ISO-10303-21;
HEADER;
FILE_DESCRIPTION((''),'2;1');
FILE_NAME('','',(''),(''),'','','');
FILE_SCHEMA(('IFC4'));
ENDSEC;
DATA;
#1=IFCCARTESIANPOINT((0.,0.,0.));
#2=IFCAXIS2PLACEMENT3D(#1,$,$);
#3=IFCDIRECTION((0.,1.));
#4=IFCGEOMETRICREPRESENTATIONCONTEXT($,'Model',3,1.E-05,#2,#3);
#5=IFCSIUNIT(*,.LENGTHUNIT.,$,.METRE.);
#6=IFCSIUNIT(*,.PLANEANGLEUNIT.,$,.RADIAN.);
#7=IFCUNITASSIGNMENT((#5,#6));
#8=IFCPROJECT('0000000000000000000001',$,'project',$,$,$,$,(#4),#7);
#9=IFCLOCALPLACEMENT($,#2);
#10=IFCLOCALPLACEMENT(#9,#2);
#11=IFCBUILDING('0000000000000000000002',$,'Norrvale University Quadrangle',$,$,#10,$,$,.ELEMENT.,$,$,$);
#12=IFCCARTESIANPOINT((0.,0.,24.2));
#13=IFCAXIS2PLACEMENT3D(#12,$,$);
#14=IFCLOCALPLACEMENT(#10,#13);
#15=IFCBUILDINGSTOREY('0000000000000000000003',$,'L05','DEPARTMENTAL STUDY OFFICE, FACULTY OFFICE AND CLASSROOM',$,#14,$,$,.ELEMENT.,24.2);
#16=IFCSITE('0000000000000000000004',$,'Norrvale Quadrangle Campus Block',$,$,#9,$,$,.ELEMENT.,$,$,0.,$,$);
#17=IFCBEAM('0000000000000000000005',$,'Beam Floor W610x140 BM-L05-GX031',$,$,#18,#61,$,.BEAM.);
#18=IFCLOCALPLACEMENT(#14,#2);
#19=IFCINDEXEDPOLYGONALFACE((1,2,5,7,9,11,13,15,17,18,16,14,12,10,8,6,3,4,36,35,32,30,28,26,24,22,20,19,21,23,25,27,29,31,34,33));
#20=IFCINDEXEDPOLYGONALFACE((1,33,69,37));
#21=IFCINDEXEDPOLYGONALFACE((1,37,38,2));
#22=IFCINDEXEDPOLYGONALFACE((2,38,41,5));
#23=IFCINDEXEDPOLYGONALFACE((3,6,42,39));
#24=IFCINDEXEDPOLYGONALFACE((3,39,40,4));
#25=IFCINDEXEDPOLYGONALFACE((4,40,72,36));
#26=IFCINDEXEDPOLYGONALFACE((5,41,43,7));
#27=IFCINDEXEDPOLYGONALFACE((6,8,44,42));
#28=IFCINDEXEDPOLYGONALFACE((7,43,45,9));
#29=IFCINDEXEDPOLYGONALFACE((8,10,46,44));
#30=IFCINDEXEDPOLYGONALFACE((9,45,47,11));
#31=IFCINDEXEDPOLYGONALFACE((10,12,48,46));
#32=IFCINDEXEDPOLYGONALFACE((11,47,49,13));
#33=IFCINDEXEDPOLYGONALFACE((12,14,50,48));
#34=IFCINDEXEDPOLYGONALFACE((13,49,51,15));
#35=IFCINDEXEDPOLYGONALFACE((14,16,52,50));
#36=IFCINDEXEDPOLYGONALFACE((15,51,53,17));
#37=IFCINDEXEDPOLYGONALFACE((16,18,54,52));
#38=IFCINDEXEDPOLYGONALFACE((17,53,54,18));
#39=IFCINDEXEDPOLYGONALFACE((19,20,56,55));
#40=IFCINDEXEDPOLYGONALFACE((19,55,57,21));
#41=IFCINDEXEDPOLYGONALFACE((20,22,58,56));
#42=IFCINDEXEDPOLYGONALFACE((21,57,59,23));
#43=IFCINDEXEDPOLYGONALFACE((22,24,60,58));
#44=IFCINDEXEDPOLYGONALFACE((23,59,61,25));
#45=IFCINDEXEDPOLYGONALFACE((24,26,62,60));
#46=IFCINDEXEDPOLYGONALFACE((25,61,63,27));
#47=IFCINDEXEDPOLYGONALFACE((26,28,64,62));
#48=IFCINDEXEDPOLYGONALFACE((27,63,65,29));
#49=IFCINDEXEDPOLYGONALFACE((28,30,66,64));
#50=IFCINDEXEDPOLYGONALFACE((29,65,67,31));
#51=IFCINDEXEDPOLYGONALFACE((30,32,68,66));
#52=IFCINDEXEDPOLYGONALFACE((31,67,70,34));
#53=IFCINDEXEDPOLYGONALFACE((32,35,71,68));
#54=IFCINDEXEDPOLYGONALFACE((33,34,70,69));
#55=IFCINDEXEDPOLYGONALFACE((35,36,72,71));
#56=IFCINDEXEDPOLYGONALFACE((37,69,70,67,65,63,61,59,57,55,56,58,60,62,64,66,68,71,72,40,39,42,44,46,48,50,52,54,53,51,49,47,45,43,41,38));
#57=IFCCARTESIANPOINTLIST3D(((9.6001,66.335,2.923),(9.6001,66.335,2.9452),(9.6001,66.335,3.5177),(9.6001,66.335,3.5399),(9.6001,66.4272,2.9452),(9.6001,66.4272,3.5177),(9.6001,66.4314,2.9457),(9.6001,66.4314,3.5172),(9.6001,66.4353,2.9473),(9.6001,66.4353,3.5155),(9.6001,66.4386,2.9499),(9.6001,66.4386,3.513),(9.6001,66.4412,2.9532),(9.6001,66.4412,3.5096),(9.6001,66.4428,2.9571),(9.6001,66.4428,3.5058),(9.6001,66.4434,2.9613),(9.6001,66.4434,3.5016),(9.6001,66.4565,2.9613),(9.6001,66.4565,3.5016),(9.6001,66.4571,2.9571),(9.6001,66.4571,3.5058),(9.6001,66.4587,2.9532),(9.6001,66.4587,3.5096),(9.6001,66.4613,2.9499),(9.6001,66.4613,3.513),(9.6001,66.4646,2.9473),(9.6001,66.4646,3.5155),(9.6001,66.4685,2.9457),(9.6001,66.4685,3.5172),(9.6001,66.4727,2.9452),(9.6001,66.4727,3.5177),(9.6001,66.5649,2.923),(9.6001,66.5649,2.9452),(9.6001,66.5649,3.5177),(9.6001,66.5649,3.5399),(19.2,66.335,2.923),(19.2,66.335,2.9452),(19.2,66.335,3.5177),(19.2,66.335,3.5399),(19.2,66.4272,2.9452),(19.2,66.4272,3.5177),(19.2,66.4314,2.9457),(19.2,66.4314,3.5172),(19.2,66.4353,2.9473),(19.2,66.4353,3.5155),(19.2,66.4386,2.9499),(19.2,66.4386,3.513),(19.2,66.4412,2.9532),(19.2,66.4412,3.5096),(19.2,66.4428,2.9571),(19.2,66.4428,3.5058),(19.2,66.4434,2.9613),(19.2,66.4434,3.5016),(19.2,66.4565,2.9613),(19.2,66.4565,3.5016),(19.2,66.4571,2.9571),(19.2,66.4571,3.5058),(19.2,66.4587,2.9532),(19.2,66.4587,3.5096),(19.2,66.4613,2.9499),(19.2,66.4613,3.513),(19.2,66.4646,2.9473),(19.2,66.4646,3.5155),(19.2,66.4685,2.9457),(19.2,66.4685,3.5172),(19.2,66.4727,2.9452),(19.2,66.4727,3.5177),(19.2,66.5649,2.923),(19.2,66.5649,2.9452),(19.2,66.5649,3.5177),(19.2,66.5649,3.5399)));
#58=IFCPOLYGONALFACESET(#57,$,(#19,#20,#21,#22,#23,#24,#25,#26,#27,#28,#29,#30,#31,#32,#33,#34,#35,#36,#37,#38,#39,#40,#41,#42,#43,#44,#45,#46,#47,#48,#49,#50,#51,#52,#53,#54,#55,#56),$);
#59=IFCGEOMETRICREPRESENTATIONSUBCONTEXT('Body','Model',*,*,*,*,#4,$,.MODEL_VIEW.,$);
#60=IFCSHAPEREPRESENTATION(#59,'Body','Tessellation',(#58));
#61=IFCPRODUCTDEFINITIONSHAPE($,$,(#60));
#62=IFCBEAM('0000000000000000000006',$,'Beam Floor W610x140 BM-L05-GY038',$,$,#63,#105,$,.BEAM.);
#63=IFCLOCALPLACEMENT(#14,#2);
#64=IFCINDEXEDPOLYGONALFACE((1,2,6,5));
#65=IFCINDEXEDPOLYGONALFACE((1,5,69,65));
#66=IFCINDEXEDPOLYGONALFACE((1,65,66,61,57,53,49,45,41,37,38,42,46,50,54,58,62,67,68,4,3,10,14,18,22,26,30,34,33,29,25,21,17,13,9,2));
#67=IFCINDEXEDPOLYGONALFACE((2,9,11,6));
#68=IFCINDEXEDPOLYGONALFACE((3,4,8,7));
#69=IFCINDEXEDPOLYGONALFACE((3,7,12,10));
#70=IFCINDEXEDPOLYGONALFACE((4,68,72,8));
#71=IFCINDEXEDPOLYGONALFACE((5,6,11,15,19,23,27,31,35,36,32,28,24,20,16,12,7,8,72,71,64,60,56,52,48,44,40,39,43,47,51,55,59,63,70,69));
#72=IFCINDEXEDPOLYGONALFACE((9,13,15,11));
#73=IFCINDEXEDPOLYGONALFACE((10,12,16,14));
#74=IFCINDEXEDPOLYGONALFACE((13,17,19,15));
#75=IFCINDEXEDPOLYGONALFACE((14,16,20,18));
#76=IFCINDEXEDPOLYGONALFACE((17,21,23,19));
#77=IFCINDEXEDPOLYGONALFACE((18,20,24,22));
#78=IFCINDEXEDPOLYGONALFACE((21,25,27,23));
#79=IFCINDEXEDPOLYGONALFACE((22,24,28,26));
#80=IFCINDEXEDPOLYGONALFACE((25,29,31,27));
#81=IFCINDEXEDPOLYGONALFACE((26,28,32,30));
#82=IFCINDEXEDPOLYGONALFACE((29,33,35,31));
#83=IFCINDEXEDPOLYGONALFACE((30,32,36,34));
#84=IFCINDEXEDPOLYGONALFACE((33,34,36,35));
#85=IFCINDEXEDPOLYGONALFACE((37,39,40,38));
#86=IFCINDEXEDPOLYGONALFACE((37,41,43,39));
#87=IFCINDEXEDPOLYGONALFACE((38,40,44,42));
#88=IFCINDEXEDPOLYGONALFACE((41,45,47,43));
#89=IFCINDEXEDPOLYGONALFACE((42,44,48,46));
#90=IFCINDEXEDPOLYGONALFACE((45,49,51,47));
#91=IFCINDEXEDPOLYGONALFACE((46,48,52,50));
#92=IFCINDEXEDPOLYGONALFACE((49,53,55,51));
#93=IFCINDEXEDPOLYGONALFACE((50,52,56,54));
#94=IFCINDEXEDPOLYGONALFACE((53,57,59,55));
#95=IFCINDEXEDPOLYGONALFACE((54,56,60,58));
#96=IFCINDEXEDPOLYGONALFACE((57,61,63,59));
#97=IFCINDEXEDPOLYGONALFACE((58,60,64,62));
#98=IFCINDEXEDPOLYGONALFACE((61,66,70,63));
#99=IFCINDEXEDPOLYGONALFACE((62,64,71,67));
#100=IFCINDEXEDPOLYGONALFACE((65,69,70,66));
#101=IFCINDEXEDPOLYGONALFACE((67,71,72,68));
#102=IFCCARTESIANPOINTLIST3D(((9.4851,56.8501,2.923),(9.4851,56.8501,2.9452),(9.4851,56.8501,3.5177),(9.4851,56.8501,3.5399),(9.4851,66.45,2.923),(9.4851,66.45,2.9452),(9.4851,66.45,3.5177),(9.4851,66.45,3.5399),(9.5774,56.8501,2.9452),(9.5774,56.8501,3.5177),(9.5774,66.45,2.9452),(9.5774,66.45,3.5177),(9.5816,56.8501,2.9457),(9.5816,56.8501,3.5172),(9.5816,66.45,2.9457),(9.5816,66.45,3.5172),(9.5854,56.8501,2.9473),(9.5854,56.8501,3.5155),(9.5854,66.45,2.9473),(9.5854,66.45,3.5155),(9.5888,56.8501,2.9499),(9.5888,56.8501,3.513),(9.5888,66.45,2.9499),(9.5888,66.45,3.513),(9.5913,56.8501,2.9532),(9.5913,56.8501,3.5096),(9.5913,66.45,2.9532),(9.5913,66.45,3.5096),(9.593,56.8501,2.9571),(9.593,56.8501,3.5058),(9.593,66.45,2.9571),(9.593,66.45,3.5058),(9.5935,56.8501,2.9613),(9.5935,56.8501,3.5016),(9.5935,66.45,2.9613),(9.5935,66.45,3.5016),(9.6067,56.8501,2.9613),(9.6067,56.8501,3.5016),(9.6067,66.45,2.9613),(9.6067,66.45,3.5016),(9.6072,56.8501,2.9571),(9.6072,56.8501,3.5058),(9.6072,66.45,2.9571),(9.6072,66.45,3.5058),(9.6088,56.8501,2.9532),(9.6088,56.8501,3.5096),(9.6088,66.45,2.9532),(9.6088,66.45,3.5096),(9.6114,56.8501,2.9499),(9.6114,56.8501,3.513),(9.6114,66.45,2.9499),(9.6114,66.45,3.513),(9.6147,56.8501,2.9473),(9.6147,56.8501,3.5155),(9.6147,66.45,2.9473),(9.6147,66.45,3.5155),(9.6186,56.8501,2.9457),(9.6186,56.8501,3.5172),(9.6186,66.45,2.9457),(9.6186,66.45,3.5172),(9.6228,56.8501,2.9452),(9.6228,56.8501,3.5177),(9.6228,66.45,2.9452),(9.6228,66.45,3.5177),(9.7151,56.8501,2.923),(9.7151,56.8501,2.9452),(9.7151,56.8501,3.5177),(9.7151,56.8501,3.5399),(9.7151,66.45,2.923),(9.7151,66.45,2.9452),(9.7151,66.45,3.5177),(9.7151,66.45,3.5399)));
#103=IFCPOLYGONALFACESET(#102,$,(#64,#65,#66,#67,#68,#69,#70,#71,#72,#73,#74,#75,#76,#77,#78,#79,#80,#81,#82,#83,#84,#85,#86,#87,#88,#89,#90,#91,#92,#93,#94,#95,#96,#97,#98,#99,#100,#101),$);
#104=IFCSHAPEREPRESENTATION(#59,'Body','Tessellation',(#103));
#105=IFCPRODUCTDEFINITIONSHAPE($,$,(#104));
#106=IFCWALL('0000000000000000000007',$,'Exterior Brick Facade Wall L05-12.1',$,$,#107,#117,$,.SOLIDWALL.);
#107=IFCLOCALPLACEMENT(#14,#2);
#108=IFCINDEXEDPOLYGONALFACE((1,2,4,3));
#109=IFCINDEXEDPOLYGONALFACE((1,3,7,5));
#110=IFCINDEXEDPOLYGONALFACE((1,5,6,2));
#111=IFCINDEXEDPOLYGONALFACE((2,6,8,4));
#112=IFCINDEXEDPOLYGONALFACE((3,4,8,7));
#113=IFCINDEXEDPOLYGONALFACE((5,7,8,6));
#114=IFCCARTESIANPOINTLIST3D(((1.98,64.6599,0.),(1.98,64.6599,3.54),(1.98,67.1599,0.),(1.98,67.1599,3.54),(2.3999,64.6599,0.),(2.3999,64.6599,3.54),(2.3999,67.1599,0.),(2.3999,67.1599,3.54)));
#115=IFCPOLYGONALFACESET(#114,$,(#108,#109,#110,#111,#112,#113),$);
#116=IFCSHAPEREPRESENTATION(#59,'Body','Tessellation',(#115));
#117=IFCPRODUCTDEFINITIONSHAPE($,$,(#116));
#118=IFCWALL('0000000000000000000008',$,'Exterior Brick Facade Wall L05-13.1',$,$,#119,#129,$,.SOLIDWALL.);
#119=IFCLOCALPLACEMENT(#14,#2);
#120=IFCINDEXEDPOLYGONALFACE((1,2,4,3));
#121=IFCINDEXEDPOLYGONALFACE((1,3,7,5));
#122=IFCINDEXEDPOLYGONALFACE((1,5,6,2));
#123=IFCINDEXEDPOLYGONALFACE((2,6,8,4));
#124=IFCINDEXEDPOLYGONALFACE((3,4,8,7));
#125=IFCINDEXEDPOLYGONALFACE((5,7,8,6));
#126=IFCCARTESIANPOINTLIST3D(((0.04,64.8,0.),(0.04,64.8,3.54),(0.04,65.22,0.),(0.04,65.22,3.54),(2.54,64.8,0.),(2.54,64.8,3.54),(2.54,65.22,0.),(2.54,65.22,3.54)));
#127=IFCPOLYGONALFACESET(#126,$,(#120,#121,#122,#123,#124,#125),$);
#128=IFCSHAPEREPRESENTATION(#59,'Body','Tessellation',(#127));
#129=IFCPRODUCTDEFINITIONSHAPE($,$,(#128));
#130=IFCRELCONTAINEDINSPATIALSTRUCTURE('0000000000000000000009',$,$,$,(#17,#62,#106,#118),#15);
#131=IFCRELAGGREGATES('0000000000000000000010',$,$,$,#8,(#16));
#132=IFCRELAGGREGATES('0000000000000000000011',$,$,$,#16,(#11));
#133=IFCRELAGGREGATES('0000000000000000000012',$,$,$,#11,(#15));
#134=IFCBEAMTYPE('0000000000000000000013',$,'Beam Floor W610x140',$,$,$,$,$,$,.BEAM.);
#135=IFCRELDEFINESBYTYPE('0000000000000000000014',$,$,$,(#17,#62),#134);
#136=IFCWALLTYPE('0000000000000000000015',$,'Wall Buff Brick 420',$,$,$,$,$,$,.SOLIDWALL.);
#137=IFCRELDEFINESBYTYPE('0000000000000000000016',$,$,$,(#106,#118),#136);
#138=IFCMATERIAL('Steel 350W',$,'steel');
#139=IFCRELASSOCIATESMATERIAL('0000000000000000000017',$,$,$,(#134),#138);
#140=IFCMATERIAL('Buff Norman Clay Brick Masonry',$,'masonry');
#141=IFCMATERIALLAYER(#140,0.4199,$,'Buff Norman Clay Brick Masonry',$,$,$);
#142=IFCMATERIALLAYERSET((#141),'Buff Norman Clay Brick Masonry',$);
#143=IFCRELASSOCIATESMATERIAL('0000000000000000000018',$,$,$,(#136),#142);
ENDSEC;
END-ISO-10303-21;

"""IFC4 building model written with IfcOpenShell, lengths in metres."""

from ifc_helpers import new_model, si_unit, direction, frame, frame_2d, origin, origin_2d, place, context, subcontext, project, spatial, rectangle, i_section, extrude, material, layer, layer_set, material_profile, profile_set, type_object, element, save


model = new_model("IFC4")

# Units and contexts
model_context = context("Model", 3, precision=1e-05, world=origin(), true_north=direction((0.0, 1.0)))
body_context = subcontext(model_context, "Body", "Model", "MODEL_VIEW")
ifc_project = project(units=[si_unit("LENGTHUNIT", "METRE"), si_unit("PLANEANGLEUNIT", "RADIAN")], contexts=[model_context])

# Site, building, storey
site_placement = place(None, origin())
site = spatial("IfcSite", under=ifc_project, at=site_placement, Name="Norrvale Quadrangle Campus Block", CompositionType="ELEMENT", RefElevation=0.0)
building_placement = place(site_placement, origin())
building = spatial("IfcBuilding", under=site, at=building_placement, Name="Norrvale University Quadrangle", CompositionType="ELEMENT")
storey_placement = place(building_placement, frame((0.0, 0.0, 24.2)))
storey = spatial("IfcBuildingStorey", under=building, at=storey_placement, Name="L05", Description="DEPARTMENTAL STUDY OFFICE, FACULTY OFFICE AND CLASSROOM", CompositionType="ELEMENT", Elevation=24.2)

# Beams
ifc_material_1 = material(Name="Steel 350W", Category="steel")
ifc_material_profile_1 = material_profile(ifc_material_1, i_section(OverallWidth=0.23, OverallDepth=0.6169, WebThickness=0.0132, FlangeThickness=0.0222, FilletRadius=0.0161, at=origin_2d()), Name="Steel 350W")
ifc_profile_set_1 = profile_set([ifc_material_profile_1], Name="Steel 350W")
beam_type_1 = type_object("IfcBeamType", Name="Beam Floor W610x140", PredefinedType="BEAM", material=ifc_profile_set_1)
for number, where, z_axis, x_axis, name in (
    (1, (9.6001, 66.45, 3.2314), (1.0, 0.0, 0.0), (0.0, 1.0, 0.0), "Beam Floor W610x140 BM-L05-GX031"),
    (2, (9.6001, 56.8501, 3.2314), (0.0, 1.0, 0.0), (-1.0, 0.0, 0.0), "Beam Floor W610x140 BM-L05-GY038"),
):
    element("IfcBeam", number, at=place(storey_placement, frame(where, z_axis=z_axis, x_axis=x_axis)), inside=storey, type_object=beam_type_1, Name=name, PredefinedType="BEAM", context=body_context, shape_type="SweptSolid", body=[
        extrude(i_section(OverallWidth=0.23, OverallDepth=0.6169, WebThickness=0.0132, FlangeThickness=0.0222, FilletRadius=0.0161, at=origin_2d()), origin(), (0.0, 0.0, 1.0), 9.5999),
    ])

# Walls
ifc_material_2 = material(Name="Buff Norman Clay Brick Masonry", Category="masonry")
ifc_layer = layer(ifc_material_2, 0.4199, Name="Buff Norman Clay Brick Masonry")
ifc_layer_set = layer_set([ifc_layer], Name="Buff Norman Clay Brick Masonry")
wall_type = type_object("IfcWallType", Name="Wall Buff Brick 420", PredefinedType="SOLIDWALL", material=ifc_layer_set)
for number, where, z_axis, x_axis, name in (
    (3, (2.1899, 67.1599, 0.0), (0.0, 0.0, 1.0), (0.0, -1.0, 0.0), "Exterior Brick Facade Wall L05-12.1"),
    (4, (2.54, 65.01, 0.0), (0.0, 0.0, 1.0), (-1.0, 0.0, 0.0), "Exterior Brick Facade Wall L05-13.1"),
):
    element("IfcWall", number, at=place(storey_placement, frame(where, z_axis=z_axis, x_axis=x_axis)), inside=storey, type_object=wall_type, Name=name, PredefinedType="SOLIDWALL", context=body_context, shape_type="SweptSolid", body=[
        extrude(rectangle(XDim=2.5, YDim=0.4199, at=frame_2d((1.25, 0.0))), origin(), (0.0, 0.0, 1.0), 3.54),
    ])

save(model, "model.ifc")
